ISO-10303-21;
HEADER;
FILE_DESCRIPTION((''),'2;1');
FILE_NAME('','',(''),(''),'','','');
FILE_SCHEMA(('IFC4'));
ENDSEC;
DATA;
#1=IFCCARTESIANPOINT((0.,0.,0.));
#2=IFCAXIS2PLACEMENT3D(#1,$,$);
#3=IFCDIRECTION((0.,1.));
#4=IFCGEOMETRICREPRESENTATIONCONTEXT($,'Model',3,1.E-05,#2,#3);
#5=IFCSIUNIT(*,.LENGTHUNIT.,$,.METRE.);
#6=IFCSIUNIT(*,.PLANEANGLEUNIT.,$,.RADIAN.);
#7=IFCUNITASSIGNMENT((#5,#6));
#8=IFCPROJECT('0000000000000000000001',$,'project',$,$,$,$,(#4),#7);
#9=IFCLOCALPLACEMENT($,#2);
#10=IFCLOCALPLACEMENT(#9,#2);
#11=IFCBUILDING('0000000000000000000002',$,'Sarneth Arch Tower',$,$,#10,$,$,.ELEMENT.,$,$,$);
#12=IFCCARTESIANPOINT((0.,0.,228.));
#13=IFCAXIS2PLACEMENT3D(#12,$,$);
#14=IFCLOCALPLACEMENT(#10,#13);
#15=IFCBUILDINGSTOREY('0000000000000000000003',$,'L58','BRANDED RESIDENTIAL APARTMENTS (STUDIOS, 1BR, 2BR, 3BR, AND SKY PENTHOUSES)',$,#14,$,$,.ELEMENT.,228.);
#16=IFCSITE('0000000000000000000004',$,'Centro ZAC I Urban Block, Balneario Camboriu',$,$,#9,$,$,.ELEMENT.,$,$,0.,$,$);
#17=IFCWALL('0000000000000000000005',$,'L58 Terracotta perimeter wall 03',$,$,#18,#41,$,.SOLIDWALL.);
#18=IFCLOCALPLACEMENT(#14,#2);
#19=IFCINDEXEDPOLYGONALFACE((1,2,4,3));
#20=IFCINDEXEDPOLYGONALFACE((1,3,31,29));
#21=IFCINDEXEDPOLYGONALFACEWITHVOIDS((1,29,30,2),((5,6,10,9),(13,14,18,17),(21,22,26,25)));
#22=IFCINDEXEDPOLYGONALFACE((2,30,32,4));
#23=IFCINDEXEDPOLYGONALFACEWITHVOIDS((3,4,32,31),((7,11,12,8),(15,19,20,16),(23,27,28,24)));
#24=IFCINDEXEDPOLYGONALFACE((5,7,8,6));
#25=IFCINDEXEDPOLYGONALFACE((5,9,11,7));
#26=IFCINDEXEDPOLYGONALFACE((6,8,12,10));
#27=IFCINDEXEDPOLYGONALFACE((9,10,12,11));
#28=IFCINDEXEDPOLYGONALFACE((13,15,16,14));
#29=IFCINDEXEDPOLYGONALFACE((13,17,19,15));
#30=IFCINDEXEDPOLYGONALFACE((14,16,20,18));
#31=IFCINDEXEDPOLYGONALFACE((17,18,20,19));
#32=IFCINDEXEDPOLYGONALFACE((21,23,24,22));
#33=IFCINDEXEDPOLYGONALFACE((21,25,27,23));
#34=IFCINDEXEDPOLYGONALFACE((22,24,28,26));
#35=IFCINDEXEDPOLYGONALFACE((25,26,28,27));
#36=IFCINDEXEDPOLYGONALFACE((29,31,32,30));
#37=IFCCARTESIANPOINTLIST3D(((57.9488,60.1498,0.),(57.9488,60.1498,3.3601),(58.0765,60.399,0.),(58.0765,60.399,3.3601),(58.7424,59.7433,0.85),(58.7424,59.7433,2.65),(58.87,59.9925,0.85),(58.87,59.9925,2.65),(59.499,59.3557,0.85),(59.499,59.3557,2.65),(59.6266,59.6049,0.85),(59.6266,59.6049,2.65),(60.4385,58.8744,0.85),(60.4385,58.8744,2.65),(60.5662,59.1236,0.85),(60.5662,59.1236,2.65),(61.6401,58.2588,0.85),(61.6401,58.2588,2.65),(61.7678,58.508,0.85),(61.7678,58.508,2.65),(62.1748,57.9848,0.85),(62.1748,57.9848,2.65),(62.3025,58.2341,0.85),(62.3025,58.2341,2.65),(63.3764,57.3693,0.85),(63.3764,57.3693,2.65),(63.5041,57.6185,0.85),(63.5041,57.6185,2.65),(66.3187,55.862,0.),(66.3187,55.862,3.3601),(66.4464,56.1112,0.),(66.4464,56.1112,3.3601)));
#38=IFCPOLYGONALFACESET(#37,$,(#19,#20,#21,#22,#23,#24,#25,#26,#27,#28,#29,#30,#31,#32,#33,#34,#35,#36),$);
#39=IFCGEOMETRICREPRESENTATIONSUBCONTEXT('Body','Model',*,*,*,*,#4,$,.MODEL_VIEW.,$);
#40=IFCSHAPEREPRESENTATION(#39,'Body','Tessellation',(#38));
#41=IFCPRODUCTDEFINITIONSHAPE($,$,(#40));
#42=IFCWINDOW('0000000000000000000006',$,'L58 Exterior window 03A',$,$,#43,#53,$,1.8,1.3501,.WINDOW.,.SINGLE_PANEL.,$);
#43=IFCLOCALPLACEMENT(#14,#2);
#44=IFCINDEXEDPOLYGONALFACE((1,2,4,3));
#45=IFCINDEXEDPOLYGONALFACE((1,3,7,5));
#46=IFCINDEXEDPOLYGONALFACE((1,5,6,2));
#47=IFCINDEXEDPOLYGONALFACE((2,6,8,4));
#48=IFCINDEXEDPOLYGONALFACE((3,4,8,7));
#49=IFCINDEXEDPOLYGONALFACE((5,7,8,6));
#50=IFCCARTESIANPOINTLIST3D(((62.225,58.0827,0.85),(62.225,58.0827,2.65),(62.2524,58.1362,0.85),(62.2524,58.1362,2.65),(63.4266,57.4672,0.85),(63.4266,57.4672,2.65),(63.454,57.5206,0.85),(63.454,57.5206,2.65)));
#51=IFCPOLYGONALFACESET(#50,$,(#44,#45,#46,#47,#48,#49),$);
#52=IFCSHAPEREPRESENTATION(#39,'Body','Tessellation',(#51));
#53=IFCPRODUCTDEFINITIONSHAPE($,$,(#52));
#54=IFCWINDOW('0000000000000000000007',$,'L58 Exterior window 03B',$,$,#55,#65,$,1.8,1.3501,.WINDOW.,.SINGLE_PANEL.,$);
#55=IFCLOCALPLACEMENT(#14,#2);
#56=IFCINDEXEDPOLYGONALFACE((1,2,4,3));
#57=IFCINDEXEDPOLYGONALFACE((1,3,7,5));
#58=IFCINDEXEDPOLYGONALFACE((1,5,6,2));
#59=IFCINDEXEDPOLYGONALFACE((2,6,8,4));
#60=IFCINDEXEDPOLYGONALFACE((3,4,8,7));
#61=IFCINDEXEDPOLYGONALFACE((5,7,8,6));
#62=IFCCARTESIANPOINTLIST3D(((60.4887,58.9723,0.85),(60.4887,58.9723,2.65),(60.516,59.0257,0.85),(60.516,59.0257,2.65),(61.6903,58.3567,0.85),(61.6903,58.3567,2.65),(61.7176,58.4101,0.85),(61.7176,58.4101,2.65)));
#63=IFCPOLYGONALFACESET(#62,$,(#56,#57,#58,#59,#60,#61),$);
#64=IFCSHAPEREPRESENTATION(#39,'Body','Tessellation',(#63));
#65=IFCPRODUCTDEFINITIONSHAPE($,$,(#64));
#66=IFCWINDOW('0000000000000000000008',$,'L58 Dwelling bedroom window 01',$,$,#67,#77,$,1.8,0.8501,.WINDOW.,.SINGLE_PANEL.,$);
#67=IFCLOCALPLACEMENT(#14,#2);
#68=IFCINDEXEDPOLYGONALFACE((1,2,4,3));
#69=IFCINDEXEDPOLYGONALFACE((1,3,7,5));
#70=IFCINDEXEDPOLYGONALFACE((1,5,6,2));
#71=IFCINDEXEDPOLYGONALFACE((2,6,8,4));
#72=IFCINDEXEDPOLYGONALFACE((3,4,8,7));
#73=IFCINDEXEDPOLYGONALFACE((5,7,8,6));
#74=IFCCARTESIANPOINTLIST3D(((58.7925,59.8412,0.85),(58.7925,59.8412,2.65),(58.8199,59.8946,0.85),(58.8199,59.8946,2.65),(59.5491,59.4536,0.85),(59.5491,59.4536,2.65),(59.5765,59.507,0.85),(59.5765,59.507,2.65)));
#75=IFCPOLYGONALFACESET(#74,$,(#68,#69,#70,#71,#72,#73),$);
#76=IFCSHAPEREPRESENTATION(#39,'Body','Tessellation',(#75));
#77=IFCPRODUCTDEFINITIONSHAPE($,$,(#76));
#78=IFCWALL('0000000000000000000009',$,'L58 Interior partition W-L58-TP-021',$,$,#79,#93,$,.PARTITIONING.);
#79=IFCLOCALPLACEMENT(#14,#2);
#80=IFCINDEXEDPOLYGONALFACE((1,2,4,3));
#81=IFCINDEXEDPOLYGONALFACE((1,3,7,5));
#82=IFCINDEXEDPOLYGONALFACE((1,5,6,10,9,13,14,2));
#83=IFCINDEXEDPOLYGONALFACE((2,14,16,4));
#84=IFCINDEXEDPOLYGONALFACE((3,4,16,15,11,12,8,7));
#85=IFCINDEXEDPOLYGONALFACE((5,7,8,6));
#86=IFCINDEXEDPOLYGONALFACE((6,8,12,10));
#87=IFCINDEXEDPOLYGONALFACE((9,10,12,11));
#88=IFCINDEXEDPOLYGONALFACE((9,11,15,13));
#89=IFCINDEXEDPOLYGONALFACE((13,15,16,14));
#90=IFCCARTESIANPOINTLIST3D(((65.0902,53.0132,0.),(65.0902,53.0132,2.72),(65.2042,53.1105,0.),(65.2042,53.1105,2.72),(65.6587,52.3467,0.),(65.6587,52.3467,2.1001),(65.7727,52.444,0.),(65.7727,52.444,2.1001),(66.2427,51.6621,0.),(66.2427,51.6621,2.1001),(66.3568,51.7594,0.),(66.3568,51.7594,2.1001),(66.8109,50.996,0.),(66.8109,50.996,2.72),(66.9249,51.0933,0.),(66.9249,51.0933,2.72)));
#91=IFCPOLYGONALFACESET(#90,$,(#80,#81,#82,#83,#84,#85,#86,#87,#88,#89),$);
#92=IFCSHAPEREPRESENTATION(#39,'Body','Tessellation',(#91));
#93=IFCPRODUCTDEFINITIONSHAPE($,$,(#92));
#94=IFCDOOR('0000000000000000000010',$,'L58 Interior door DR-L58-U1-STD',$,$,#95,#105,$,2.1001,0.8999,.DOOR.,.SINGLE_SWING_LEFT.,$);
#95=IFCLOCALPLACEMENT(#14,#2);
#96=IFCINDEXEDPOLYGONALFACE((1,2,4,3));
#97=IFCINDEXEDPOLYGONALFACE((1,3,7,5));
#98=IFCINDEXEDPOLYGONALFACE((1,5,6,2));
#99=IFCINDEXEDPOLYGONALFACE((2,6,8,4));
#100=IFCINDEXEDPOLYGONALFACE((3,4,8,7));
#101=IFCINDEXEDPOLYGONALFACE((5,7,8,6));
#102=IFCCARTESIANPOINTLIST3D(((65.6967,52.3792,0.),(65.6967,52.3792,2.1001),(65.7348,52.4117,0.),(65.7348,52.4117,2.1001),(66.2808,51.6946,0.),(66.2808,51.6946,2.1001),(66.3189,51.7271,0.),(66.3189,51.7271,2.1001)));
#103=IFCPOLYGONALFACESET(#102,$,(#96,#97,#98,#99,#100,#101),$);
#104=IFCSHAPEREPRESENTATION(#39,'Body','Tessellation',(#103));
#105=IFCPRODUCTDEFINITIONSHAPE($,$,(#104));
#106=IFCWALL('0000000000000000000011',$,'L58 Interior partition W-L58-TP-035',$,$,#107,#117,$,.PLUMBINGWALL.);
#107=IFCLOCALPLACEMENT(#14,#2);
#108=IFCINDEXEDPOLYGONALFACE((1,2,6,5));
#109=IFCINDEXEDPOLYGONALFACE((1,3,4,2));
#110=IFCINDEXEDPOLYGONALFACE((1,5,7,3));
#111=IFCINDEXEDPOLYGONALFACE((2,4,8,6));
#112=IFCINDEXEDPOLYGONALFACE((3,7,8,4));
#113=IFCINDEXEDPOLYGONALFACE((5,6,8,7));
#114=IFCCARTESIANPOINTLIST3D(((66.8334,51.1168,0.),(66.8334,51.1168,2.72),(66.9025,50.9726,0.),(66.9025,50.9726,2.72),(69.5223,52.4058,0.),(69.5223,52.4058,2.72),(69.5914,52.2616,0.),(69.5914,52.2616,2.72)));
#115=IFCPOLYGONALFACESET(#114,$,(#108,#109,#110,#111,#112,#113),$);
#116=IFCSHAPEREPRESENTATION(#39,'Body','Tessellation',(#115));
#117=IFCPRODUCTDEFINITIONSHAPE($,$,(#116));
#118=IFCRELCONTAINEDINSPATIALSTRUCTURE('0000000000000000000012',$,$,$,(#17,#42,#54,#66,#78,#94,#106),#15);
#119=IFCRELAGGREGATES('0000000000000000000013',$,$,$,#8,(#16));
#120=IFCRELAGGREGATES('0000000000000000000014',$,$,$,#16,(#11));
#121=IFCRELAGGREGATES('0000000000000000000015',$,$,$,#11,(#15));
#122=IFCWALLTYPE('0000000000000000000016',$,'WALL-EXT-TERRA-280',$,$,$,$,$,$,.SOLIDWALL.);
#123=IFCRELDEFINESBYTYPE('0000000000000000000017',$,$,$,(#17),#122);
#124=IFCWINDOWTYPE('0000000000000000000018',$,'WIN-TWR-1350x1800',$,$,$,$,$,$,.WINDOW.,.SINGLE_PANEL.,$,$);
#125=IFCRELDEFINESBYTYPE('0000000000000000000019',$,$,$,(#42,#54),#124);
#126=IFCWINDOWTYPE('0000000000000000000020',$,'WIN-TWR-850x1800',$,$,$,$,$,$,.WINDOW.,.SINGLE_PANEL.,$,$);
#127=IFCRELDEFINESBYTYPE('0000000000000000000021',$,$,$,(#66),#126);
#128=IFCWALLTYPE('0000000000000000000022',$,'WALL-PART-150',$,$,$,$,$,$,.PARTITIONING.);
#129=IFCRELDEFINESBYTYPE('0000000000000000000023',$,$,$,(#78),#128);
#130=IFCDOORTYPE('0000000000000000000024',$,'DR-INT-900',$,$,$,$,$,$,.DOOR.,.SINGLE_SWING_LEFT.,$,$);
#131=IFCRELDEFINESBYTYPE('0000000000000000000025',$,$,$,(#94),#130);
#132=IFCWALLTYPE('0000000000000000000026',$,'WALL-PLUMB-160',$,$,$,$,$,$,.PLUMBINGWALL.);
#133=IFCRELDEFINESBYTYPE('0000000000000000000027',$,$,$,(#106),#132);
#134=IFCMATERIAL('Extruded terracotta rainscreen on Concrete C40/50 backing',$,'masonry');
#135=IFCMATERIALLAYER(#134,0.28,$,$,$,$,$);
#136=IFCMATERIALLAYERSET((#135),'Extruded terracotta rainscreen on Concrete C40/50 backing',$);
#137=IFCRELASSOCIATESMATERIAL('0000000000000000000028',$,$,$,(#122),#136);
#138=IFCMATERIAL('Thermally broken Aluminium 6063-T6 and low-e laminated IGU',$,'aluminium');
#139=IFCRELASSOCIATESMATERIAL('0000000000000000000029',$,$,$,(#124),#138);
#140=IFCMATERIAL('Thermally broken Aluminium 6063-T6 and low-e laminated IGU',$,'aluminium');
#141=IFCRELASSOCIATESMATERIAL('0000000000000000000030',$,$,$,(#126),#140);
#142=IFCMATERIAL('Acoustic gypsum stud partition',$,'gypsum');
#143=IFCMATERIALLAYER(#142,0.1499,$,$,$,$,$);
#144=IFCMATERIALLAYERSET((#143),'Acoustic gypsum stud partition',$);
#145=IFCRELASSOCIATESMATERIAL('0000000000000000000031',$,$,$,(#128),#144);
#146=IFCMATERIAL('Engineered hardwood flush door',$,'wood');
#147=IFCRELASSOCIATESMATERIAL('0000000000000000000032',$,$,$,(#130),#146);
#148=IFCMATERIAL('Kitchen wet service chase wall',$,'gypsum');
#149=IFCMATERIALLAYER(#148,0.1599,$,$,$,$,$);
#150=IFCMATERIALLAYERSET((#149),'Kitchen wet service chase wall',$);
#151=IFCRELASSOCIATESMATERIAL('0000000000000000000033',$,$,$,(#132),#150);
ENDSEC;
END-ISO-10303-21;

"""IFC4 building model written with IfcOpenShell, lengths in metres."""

from ifc_helpers import new_model, si_unit, direction, frame, frame_2d, origin, place, context, subcontext, project, spatial, rectangle, extrude, material, layer, layer_set, type_object, element, fill, save


model = new_model("IFC4")

# Units and contexts
model_context = context("Model", 3, precision=1e-05, world=origin(), true_north=direction((0.0, 1.0)))
body_context = subcontext(model_context, "Body", "Model", "MODEL_VIEW")
ifc_project = project(units=[si_unit("LENGTHUNIT", "METRE"), si_unit("PLANEANGLEUNIT", "RADIAN")], contexts=[model_context])

# Site, building, storey
site_placement = place(None, origin())
site = spatial("IfcSite", under=ifc_project, at=site_placement, Name="Centro ZAC I Urban Block, Balneario Camboriu", CompositionType="ELEMENT", RefElevation=0.0)
building_placement = place(site_placement, origin())
building = spatial("IfcBuilding", under=site, at=building_placement, Name="Sarneth Arch Tower", CompositionType="ELEMENT")
storey_placement = place(building_placement, frame((0.0, 0.0, 228.0)))
storey = spatial("IfcBuildingStorey", under=building, at=storey_placement, Name="L58", Description="BRANDED RESIDENTIAL APARTMENTS (STUDIOS, 1BR, 2BR, 3BR, AND SKY PENTHOUSES)", CompositionType="ELEMENT", Elevation=228.0)

# Wall, openings, windows
ifc_material_1 = material(Name="Extruded terracotta rainscreen on Concrete C40/50 backing", Category="masonry")
ifc_layer_1 = layer(ifc_material_1, 0.28)
ifc_layer_set_1 = layer_set([ifc_layer_1], Name="Extruded terracotta rainscreen on Concrete C40/50 backing")
wall_type_1 = type_object("IfcWallType", Name="WALL-EXT-TERRA-280", PredefinedType="SOLIDWALL", material=ifc_layer_set_1)
wall_1_placement = place(storey_placement, frame((66.3826, 55.9866, 0.0), z_axis=(0.0, 0.0, 1.0), x_axis=(-0.890007, 0.455946, 0.0)))
wall_1 = element("IfcWall", 1, at=wall_1_placement, inside=storey, type_object=wall_type_1, Name="L58 Terracotta perimeter wall 03", PredefinedType="SOLIDWALL", context=body_context, shape_type="SweptSolid", body=[
    extrude(rectangle(XDim=9.4043, YDim=0.28, at=frame_2d((4.7021, 0.0))), origin(), (0.0, 0.0, 1.0), 3.3601),
])
opening_1_placement = place(wall_1_placement, frame((3.3059, 0.0, 0.8501)))
opening_1 = element("IfcOpeningElement", 2, at=opening_1_placement, cuts=wall_1, PredefinedType="OPENING", context=body_context, shape_type="SweptSolid", body=[
    extrude(rectangle(XDim=1.3501, YDim=1.8, at=frame_2d((0.675, 0.8999))), frame((0.0, 0.1499, 0.0), z_axis=(0.0, -1.0, 0.0), x_axis=(1.0, 0.0, 0.0)), (0.0, 0.0, 1.0), 0.3),
])
opening_2_placement = place(wall_1_placement, frame((5.2568, 0.0, 0.8501)))
opening_2 = element("IfcOpeningElement", 3, at=opening_2_placement, cuts=wall_1, PredefinedType="OPENING", context=body_context, shape_type="SweptSolid", body=[
    extrude(rectangle(XDim=1.3501, YDim=1.8, at=frame_2d((0.675, 0.8999))), frame((0.0, 0.1499, 0.0), z_axis=(0.0, -1.0, 0.0), x_axis=(1.0, 0.0, 0.0)), (0.0, 0.0, 1.0), 0.3),
])
opening_3_placement = place(wall_1_placement, frame((7.6626, 0.0, 0.8501)))
opening_3 = element("IfcOpeningElement", 4, at=opening_3_placement, cuts=wall_1, PredefinedType="OPENING", context=body_context, shape_type="SweptSolid", body=[
    extrude(rectangle(XDim=0.8501, YDim=1.8, at=frame_2d((0.425, 0.8999))), frame((0.0, 0.1499, 0.0), z_axis=(0.0, -1.0, 0.0), x_axis=(1.0, 0.0, 0.0)), (0.0, 0.0, 1.0), 0.3),
])
ifc_material_2 = material(Name="Thermally broken Aluminium 6063-T6 and low-e laminated IGU", Category="aluminium")
window_type_1 = type_object("IfcWindowType", Name="WIN-TWR-1350x1800", PartitioningType="SINGLE_PANEL", PredefinedType="WINDOW", material=ifc_material_2)
window_1_placement = place(opening_1_placement, origin())
window_1 = element("IfcWindow", 5, at=window_1_placement, inside=storey, type_object=window_type_1, Name="L58 Exterior window 03A", OverallHeight=1.8, OverallWidth=1.3501, PartitioningType="SINGLE_PANEL", PredefinedType="WINDOW", context=body_context, shape_type="SweptSolid", body=[
    extrude(rectangle(XDim=1.3501, YDim=1.8, at=frame_2d((0.675, 0.8999))), frame((0.0, 0.03, 0.0), z_axis=(0.0, -1.0, 0.0), x_axis=(1.0, 0.0, 0.0)), (0.0, 0.0, 1.0), 0.0601),
])
fill(opening_1, window_1)
window_2_placement = place(opening_2_placement, origin())
window_2 = element("IfcWindow", 6, at=window_2_placement, inside=storey, type_object=window_type_1, Name="L58 Exterior window 03B", OverallHeight=1.8, OverallWidth=1.3501, PartitioningType="SINGLE_PANEL", PredefinedType="WINDOW", context=body_context, shape_type="SweptSolid", body=[
    extrude(rectangle(XDim=1.3501, YDim=1.8, at=frame_2d((0.675, 0.8999))), frame((0.0, 0.03, 0.0), z_axis=(0.0, -1.0, 0.0), x_axis=(1.0, 0.0, 0.0)), (0.0, 0.0, 1.0), 0.0601),
])
fill(opening_2, window_2)
ifc_material_3 = material(Name="Thermally broken Aluminium 6063-T6 and low-e laminated IGU", Category="aluminium")
window_type_2 = type_object("IfcWindowType", Name="WIN-TWR-850x1800", PartitioningType="SINGLE_PANEL", PredefinedType="WINDOW", material=ifc_material_3)
window_3_placement = place(opening_3_placement, origin())
window_3 = element("IfcWindow", 7, at=window_3_placement, inside=storey, type_object=window_type_2, Name="L58 Dwelling bedroom window 01", OverallHeight=1.8, OverallWidth=0.8501, PartitioningType="SINGLE_PANEL", PredefinedType="WINDOW", context=body_context, shape_type="SweptSolid", body=[
    extrude(rectangle(XDim=0.8501, YDim=1.8, at=frame_2d((0.425, 0.8999))), frame((0.0, 0.03, 0.0), z_axis=(0.0, -1.0, 0.0), x_axis=(1.0, 0.0, 0.0)), (0.0, 0.0, 1.0), 0.0601),
])
fill(opening_3, window_3)

# Wall, opening, door
ifc_material_4 = material(Name="Acoustic gypsum stud partition", Category="gypsum")
ifc_layer_2 = layer(ifc_material_4, 0.1499)
ifc_layer_set_2 = layer_set([ifc_layer_2], Name="Acoustic gypsum stud partition")
wall_type_2 = type_object("IfcWallType", Name="WALL-PART-150", PredefinedType="PARTITIONING", material=ifc_layer_set_2)
wall_2_placement = place(storey_placement, frame((66.8679, 51.0447, 0.0), z_axis=(0.0, 0.0, 1.0), x_axis=(-0.649, 0.760788, 0.0)))
wall_2 = element("IfcWall", 8, at=wall_2_placement, inside=storey, type_object=wall_type_2, Name="L58 Interior partition W-L58-TP-021", PredefinedType="PARTITIONING", context=body_context, shape_type="SweptSolid", body=[
    extrude(rectangle(XDim=2.6514, YDim=0.1499, at=frame_2d((1.3257, 0.0))), origin(), (0.0, 0.0, 1.0), 2.72),
])
opening_4_placement = place(wall_2_placement, frame((0.8755, 0.0, 0.0)))
opening_4 = element("IfcOpeningElement", 9, at=opening_4_placement, cuts=wall_2, PredefinedType="OPENING", context=body_context, shape_type="SweptSolid", body=[
    extrude(rectangle(XDim=0.8999, YDim=2.1001, at=frame_2d((0.45, 1.05))), frame((0.0, 0.085, 0.0), z_axis=(0.0, -1.0, 0.0), x_axis=(1.0, 0.0, 0.0)), (0.0, 0.0, 1.0), 0.1699),
])
ifc_material_5 = material(Name="Engineered hardwood flush door", Category="wood")
door_type = type_object("IfcDoorType", Name="DR-INT-900", OperationType="SINGLE_SWING_LEFT", PredefinedType="DOOR", material=ifc_material_5)
door_placement = place(opening_4_placement, origin())
door = element("IfcDoor", 10, at=door_placement, inside=storey, type_object=door_type, Name="L58 Interior door DR-L58-U1-STD", OperationType="SINGLE_SWING_LEFT", OverallHeight=2.1001, OverallWidth=0.8999, PredefinedType="DOOR", context=body_context, shape_type="SweptSolid", body=[
    extrude(rectangle(XDim=0.8999, YDim=2.1001, at=frame_2d((0.45, 1.05))), frame((0.0, 0.0249, 0.0), z_axis=(0.0, -1.0, 0.0), x_axis=(1.0, 0.0, 0.0)), (0.0, 0.0, 1.0), 0.05),
])
fill(opening_4, door)

# Wall
ifc_material_6 = material(Name="Kitchen wet service chase wall", Category="gypsum")
ifc_layer_3 = layer(ifc_material_6, 0.1599)
ifc_layer_set_3 = layer_set([ifc_layer_3], Name="Kitchen wet service chase wall")
wall_type_3 = type_object("IfcWallType", Name="WALL-PLUMB-160", PredefinedType="PLUMBINGWALL", material=ifc_layer_set_3)
wall_3_placement = place(storey_placement, frame((66.8679, 51.0447, 0.0), z_axis=(0.0, 0.0, 1.0), x_axis=(0.901738, 0.432284, 0.0)))
element("IfcWall", 11, at=wall_3_placement, inside=storey, type_object=wall_type_3, Name="L58 Interior partition W-L58-TP-035", PredefinedType="PLUMBINGWALL", context=body_context, shape_type="SweptSolid", body=[
    extrude(rectangle(XDim=2.9819, YDim=0.1599, at=frame_2d((1.491, 0.0))), origin(), (0.0, 0.0, 1.0), 2.72),
])

save(model, "model.ifc")
